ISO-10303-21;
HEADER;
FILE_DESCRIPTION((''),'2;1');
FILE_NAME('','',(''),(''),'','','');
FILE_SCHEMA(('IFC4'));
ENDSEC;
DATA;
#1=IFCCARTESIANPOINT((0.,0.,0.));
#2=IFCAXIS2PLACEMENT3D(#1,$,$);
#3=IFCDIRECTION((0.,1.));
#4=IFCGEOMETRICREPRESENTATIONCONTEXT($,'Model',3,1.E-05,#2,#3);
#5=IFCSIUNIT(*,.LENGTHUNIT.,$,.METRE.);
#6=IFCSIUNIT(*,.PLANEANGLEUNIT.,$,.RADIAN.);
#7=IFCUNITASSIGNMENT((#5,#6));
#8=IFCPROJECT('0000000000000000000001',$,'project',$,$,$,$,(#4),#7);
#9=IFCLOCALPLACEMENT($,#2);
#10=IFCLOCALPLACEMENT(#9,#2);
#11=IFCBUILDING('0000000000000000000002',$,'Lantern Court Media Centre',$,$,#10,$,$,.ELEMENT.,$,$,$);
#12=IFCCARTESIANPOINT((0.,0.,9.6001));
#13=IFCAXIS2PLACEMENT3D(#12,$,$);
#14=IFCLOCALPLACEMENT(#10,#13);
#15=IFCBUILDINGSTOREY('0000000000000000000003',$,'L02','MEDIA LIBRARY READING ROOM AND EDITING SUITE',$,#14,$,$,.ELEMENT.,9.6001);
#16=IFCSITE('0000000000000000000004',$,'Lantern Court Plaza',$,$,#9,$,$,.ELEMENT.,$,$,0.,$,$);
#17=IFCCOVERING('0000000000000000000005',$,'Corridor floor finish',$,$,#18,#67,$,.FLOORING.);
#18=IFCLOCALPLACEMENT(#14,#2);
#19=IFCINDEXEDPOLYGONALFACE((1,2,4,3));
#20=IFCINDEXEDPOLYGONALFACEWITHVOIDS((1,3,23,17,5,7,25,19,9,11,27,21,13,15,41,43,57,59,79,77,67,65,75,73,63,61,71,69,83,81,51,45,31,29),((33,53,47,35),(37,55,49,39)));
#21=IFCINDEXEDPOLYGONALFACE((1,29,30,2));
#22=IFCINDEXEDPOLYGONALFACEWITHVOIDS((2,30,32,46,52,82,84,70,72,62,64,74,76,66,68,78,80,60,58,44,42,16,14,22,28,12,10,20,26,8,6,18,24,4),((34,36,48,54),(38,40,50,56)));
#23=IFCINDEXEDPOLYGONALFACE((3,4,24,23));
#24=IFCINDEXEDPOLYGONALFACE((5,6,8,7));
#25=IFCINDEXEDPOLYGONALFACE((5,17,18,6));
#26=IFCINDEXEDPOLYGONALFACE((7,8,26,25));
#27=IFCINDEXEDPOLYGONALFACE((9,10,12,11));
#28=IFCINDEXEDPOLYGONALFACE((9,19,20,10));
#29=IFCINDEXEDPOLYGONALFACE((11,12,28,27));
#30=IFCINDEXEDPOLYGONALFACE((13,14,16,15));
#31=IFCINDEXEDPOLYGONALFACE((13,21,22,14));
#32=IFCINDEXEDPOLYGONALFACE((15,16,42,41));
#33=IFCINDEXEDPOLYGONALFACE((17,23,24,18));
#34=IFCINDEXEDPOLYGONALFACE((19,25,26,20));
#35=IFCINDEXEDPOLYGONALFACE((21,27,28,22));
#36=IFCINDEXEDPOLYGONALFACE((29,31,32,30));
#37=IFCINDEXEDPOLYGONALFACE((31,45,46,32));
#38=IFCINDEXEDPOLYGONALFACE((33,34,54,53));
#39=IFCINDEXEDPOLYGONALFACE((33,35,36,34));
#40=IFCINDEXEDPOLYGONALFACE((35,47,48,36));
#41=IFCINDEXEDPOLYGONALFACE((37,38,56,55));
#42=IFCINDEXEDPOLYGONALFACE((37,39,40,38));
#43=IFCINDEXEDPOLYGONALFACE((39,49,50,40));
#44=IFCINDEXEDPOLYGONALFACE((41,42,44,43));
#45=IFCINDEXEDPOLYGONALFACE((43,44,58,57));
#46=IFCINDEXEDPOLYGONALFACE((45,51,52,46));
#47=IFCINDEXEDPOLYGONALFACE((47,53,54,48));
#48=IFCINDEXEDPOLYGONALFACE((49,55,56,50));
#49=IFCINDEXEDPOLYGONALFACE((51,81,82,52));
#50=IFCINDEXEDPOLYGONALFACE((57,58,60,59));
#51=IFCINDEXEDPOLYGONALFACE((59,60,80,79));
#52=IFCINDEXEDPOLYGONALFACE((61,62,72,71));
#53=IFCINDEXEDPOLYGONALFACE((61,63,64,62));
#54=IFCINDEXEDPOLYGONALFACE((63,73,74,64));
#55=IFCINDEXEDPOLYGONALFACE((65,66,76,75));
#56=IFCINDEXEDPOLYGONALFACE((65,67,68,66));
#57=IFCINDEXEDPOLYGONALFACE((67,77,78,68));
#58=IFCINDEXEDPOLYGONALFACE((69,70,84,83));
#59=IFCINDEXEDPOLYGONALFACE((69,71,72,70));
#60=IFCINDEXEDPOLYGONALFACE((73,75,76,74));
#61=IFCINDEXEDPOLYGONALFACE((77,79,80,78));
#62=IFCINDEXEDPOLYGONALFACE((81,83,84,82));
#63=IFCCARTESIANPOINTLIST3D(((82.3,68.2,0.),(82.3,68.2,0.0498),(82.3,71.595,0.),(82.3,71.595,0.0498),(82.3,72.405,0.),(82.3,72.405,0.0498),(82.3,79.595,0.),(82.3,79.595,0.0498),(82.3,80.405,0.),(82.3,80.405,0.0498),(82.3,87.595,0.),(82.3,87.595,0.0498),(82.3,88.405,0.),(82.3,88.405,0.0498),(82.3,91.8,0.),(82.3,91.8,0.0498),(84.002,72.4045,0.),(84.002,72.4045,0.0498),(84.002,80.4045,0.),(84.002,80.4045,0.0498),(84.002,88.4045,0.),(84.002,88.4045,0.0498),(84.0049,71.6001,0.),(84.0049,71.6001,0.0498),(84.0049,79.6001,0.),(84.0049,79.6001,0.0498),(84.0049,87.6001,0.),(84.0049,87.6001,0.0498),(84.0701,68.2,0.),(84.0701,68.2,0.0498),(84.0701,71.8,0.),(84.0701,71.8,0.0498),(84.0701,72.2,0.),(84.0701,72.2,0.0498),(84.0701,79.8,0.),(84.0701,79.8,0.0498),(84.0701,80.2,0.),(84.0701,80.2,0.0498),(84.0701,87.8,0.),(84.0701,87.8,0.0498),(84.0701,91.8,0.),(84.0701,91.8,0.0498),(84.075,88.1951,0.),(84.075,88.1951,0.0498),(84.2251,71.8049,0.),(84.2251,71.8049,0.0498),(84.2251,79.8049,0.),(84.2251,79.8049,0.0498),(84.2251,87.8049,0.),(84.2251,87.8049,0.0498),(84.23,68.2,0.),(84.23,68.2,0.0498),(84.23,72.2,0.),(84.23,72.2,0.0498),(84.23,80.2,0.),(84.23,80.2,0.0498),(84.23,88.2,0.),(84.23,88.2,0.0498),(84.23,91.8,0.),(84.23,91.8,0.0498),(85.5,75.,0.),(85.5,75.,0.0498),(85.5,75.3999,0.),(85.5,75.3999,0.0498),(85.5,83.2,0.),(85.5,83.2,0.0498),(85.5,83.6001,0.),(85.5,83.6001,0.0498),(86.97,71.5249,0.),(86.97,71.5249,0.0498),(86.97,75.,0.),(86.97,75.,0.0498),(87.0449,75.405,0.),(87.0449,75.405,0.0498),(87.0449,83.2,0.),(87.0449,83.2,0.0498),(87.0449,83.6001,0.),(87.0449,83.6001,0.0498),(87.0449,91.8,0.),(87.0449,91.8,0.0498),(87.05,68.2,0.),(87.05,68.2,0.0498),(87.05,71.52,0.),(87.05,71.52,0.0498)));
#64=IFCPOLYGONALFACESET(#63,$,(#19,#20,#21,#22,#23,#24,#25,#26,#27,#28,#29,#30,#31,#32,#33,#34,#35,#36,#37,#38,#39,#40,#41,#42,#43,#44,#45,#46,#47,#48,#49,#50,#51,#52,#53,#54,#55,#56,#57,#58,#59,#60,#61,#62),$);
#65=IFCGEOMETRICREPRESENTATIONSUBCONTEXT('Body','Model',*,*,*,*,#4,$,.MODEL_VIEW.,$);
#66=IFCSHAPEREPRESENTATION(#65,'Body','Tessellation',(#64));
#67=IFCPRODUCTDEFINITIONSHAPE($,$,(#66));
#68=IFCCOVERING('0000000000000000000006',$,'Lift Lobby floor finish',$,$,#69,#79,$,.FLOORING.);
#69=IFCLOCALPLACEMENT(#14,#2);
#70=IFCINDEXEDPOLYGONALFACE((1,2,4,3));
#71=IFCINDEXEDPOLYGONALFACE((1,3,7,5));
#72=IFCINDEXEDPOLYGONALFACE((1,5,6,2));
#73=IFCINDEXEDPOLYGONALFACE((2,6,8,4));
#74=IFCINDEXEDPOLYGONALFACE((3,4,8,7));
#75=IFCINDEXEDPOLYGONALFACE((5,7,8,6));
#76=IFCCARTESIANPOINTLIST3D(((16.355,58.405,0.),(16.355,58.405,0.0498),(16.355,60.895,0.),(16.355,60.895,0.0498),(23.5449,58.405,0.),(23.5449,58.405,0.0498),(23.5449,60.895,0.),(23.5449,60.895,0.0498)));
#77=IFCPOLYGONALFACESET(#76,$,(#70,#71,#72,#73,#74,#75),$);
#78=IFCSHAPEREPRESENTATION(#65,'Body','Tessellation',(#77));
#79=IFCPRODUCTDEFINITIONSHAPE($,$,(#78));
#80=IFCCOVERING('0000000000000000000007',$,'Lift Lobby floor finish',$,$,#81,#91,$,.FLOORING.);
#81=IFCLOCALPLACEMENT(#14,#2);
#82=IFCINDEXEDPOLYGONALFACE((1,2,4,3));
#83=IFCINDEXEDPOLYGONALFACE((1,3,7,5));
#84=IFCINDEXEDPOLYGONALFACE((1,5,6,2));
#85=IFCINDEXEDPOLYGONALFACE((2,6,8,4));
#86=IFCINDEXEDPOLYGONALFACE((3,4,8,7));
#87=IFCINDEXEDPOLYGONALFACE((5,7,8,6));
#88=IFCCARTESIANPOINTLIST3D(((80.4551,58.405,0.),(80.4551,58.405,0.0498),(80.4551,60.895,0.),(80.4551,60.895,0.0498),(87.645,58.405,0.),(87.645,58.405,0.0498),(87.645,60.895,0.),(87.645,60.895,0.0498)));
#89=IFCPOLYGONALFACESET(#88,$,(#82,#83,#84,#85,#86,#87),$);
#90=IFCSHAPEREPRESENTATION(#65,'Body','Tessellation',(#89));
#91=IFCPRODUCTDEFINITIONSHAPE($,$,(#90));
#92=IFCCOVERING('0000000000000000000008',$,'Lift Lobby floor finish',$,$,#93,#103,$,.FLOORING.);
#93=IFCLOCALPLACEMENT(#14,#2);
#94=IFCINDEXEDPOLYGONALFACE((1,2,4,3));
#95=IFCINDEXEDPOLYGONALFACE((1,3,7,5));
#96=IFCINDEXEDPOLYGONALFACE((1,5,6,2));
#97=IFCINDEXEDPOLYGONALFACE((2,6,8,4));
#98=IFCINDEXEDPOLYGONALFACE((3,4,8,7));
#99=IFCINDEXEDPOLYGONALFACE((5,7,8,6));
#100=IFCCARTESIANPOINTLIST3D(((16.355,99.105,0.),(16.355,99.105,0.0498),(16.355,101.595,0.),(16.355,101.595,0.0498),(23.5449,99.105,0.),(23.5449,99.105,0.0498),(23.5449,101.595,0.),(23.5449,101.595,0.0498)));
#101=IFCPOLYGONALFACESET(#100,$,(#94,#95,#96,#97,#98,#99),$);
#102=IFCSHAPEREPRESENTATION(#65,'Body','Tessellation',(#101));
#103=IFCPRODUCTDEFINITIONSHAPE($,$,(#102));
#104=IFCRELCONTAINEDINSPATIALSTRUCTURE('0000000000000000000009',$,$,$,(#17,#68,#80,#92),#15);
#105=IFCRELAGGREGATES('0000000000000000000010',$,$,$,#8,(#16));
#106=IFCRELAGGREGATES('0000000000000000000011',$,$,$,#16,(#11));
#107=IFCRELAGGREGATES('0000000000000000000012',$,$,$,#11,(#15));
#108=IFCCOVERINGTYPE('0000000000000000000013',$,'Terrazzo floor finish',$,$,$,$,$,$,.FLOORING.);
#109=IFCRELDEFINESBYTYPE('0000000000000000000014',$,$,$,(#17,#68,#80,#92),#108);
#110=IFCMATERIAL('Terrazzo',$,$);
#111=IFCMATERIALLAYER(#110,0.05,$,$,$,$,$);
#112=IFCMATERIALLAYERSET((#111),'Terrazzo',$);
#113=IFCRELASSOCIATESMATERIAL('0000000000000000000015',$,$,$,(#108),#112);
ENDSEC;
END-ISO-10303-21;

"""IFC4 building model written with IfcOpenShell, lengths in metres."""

from ifc_helpers import new_model, si_unit, direction, frame, origin, place, context, subcontext, project, spatial, polyline, outline, extrude, material, layer, layer_set, type_object, element, save


model = new_model("IFC4")

# Units and contexts
model_context = context("Model", 3, precision=1e-05, world=origin(), true_north=direction((0.0, 1.0)))
body_context = subcontext(model_context, "Body", "Model", "MODEL_VIEW")
ifc_project = project(units=[si_unit("LENGTHUNIT", "METRE"), si_unit("PLANEANGLEUNIT", "RADIAN")], contexts=[model_context])

# Site, building, storey
site_placement = place(None, origin())
site = spatial("IfcSite", under=ifc_project, at=site_placement, Name="Lantern Court Plaza", CompositionType="ELEMENT", RefElevation=0.0)
building_placement = place(site_placement, origin())
building = spatial("IfcBuilding", under=site, at=building_placement, Name="Lantern Court Media Centre", CompositionType="ELEMENT")
storey_placement = place(building_placement, frame((0.0, 0.0, 9.6001)))
storey = spatial("IfcBuildingStorey", under=building, at=storey_placement, Name="L02", Description="MEDIA LIBRARY READING ROOM AND EDITING SUITE", CompositionType="ELEMENT", Elevation=9.6001)

# Coverings
ifc_material_1 = material(Name="Terrazzo")
ifc_layer_1 = layer(ifc_material_1, 0.05)
ifc_layer_set_1 = layer_set([ifc_layer_1], Name="Terrazzo")
covering_type_1 = type_object("IfcCoveringType", Name="Terrazzo floor finish", PredefinedType="FLOORING", material=ifc_layer_set_1)
covering_1_placement = place(storey_placement, origin())
element("IfcCovering", 1, at=covering_1_placement, inside=storey, type_object=covering_type_1, Name="Corridor floor finish", PredefinedType="FLOORING", context=body_context, shape_type="SweptSolid", body=[
    extrude(outline(polyline([(87.05, 68.2), (84.23, 68.2), (84.2251, 71.8049), (84.0701, 71.8), (84.0701, 68.2), (82.3, 68.2), (82.3, 71.595), (84.0049, 71.6001), (84.002, 72.4045), (82.3, 72.405), (82.3, 79.595), (84.0049, 79.6001), (84.002, 80.4045), (82.3, 80.405), (82.3, 87.595), (84.0049, 87.6001), (84.002, 88.4045), (82.3, 88.405), (82.3, 91.8), (84.0701, 91.8), (84.075, 88.1951), (84.23, 88.2), (84.23, 91.8), (87.0449, 91.8), (87.0449, 83.6001), (85.5, 83.6001), (85.5, 83.2), (87.0449, 83.2), (87.0449, 75.405), (85.5, 75.3999), (85.5, 75.0), (86.97, 75.0), (86.97, 71.5249), (87.05, 71.52), (87.05, 68.2)]), holes=[polyline([(84.0701, 72.2), (84.23, 72.2), (84.2251, 79.8049), (84.0701, 79.8), (84.0701, 72.2)]), polyline([(84.0701, 80.2), (84.23, 80.2), (84.2251, 87.8049), (84.0701, 87.8), (84.0701, 80.2)])]), origin(), (0.0, 0.0, 1.0), 0.0498),
])
covering_2_placement = place(storey_placement, origin())
element("IfcCovering", 2, at=covering_2_placement, inside=storey, type_object=covering_type_1, Name="Lift Lobby floor finish", PredefinedType="FLOORING", context=body_context, shape_type="SweptSolid", body=[
    extrude(outline(polyline([(16.355, 60.895), (23.5449, 60.895), (23.5449, 58.405), (16.355, 58.405), (16.355, 60.895)])), origin(), (0.0, 0.0, 1.0), 0.0498),
])
covering_3_placement = place(storey_placement, origin())
element("IfcCovering", 3, at=covering_3_placement, inside=storey, type_object=covering_type_1, Name="Lift Lobby floor finish", PredefinedType="FLOORING", context=body_context, shape_type="SweptSolid", body=[
    extrude(outline(polyline([(80.4551, 58.405), (80.4551, 60.895), (87.645, 60.895), (87.645, 58.405), (80.4551, 58.405)])), origin(), (0.0, 0.0, 1.0), 0.0498),
])
covering_4_placement = place(storey_placement, origin())
element("IfcCovering", 4, at=covering_4_placement, inside=storey, type_object=covering_type_1, Name="Lift Lobby floor finish", PredefinedType="FLOORING", context=body_context, shape_type="SweptSolid", body=[
    extrude(outline(polyline([(16.355, 99.105), (16.355, 101.595), (23.5449, 101.595), (23.5449, 99.105), (16.355, 99.105)])), origin(), (0.0, 0.0, 1.0), 0.0498),
])

save(model, "model.ifc")
